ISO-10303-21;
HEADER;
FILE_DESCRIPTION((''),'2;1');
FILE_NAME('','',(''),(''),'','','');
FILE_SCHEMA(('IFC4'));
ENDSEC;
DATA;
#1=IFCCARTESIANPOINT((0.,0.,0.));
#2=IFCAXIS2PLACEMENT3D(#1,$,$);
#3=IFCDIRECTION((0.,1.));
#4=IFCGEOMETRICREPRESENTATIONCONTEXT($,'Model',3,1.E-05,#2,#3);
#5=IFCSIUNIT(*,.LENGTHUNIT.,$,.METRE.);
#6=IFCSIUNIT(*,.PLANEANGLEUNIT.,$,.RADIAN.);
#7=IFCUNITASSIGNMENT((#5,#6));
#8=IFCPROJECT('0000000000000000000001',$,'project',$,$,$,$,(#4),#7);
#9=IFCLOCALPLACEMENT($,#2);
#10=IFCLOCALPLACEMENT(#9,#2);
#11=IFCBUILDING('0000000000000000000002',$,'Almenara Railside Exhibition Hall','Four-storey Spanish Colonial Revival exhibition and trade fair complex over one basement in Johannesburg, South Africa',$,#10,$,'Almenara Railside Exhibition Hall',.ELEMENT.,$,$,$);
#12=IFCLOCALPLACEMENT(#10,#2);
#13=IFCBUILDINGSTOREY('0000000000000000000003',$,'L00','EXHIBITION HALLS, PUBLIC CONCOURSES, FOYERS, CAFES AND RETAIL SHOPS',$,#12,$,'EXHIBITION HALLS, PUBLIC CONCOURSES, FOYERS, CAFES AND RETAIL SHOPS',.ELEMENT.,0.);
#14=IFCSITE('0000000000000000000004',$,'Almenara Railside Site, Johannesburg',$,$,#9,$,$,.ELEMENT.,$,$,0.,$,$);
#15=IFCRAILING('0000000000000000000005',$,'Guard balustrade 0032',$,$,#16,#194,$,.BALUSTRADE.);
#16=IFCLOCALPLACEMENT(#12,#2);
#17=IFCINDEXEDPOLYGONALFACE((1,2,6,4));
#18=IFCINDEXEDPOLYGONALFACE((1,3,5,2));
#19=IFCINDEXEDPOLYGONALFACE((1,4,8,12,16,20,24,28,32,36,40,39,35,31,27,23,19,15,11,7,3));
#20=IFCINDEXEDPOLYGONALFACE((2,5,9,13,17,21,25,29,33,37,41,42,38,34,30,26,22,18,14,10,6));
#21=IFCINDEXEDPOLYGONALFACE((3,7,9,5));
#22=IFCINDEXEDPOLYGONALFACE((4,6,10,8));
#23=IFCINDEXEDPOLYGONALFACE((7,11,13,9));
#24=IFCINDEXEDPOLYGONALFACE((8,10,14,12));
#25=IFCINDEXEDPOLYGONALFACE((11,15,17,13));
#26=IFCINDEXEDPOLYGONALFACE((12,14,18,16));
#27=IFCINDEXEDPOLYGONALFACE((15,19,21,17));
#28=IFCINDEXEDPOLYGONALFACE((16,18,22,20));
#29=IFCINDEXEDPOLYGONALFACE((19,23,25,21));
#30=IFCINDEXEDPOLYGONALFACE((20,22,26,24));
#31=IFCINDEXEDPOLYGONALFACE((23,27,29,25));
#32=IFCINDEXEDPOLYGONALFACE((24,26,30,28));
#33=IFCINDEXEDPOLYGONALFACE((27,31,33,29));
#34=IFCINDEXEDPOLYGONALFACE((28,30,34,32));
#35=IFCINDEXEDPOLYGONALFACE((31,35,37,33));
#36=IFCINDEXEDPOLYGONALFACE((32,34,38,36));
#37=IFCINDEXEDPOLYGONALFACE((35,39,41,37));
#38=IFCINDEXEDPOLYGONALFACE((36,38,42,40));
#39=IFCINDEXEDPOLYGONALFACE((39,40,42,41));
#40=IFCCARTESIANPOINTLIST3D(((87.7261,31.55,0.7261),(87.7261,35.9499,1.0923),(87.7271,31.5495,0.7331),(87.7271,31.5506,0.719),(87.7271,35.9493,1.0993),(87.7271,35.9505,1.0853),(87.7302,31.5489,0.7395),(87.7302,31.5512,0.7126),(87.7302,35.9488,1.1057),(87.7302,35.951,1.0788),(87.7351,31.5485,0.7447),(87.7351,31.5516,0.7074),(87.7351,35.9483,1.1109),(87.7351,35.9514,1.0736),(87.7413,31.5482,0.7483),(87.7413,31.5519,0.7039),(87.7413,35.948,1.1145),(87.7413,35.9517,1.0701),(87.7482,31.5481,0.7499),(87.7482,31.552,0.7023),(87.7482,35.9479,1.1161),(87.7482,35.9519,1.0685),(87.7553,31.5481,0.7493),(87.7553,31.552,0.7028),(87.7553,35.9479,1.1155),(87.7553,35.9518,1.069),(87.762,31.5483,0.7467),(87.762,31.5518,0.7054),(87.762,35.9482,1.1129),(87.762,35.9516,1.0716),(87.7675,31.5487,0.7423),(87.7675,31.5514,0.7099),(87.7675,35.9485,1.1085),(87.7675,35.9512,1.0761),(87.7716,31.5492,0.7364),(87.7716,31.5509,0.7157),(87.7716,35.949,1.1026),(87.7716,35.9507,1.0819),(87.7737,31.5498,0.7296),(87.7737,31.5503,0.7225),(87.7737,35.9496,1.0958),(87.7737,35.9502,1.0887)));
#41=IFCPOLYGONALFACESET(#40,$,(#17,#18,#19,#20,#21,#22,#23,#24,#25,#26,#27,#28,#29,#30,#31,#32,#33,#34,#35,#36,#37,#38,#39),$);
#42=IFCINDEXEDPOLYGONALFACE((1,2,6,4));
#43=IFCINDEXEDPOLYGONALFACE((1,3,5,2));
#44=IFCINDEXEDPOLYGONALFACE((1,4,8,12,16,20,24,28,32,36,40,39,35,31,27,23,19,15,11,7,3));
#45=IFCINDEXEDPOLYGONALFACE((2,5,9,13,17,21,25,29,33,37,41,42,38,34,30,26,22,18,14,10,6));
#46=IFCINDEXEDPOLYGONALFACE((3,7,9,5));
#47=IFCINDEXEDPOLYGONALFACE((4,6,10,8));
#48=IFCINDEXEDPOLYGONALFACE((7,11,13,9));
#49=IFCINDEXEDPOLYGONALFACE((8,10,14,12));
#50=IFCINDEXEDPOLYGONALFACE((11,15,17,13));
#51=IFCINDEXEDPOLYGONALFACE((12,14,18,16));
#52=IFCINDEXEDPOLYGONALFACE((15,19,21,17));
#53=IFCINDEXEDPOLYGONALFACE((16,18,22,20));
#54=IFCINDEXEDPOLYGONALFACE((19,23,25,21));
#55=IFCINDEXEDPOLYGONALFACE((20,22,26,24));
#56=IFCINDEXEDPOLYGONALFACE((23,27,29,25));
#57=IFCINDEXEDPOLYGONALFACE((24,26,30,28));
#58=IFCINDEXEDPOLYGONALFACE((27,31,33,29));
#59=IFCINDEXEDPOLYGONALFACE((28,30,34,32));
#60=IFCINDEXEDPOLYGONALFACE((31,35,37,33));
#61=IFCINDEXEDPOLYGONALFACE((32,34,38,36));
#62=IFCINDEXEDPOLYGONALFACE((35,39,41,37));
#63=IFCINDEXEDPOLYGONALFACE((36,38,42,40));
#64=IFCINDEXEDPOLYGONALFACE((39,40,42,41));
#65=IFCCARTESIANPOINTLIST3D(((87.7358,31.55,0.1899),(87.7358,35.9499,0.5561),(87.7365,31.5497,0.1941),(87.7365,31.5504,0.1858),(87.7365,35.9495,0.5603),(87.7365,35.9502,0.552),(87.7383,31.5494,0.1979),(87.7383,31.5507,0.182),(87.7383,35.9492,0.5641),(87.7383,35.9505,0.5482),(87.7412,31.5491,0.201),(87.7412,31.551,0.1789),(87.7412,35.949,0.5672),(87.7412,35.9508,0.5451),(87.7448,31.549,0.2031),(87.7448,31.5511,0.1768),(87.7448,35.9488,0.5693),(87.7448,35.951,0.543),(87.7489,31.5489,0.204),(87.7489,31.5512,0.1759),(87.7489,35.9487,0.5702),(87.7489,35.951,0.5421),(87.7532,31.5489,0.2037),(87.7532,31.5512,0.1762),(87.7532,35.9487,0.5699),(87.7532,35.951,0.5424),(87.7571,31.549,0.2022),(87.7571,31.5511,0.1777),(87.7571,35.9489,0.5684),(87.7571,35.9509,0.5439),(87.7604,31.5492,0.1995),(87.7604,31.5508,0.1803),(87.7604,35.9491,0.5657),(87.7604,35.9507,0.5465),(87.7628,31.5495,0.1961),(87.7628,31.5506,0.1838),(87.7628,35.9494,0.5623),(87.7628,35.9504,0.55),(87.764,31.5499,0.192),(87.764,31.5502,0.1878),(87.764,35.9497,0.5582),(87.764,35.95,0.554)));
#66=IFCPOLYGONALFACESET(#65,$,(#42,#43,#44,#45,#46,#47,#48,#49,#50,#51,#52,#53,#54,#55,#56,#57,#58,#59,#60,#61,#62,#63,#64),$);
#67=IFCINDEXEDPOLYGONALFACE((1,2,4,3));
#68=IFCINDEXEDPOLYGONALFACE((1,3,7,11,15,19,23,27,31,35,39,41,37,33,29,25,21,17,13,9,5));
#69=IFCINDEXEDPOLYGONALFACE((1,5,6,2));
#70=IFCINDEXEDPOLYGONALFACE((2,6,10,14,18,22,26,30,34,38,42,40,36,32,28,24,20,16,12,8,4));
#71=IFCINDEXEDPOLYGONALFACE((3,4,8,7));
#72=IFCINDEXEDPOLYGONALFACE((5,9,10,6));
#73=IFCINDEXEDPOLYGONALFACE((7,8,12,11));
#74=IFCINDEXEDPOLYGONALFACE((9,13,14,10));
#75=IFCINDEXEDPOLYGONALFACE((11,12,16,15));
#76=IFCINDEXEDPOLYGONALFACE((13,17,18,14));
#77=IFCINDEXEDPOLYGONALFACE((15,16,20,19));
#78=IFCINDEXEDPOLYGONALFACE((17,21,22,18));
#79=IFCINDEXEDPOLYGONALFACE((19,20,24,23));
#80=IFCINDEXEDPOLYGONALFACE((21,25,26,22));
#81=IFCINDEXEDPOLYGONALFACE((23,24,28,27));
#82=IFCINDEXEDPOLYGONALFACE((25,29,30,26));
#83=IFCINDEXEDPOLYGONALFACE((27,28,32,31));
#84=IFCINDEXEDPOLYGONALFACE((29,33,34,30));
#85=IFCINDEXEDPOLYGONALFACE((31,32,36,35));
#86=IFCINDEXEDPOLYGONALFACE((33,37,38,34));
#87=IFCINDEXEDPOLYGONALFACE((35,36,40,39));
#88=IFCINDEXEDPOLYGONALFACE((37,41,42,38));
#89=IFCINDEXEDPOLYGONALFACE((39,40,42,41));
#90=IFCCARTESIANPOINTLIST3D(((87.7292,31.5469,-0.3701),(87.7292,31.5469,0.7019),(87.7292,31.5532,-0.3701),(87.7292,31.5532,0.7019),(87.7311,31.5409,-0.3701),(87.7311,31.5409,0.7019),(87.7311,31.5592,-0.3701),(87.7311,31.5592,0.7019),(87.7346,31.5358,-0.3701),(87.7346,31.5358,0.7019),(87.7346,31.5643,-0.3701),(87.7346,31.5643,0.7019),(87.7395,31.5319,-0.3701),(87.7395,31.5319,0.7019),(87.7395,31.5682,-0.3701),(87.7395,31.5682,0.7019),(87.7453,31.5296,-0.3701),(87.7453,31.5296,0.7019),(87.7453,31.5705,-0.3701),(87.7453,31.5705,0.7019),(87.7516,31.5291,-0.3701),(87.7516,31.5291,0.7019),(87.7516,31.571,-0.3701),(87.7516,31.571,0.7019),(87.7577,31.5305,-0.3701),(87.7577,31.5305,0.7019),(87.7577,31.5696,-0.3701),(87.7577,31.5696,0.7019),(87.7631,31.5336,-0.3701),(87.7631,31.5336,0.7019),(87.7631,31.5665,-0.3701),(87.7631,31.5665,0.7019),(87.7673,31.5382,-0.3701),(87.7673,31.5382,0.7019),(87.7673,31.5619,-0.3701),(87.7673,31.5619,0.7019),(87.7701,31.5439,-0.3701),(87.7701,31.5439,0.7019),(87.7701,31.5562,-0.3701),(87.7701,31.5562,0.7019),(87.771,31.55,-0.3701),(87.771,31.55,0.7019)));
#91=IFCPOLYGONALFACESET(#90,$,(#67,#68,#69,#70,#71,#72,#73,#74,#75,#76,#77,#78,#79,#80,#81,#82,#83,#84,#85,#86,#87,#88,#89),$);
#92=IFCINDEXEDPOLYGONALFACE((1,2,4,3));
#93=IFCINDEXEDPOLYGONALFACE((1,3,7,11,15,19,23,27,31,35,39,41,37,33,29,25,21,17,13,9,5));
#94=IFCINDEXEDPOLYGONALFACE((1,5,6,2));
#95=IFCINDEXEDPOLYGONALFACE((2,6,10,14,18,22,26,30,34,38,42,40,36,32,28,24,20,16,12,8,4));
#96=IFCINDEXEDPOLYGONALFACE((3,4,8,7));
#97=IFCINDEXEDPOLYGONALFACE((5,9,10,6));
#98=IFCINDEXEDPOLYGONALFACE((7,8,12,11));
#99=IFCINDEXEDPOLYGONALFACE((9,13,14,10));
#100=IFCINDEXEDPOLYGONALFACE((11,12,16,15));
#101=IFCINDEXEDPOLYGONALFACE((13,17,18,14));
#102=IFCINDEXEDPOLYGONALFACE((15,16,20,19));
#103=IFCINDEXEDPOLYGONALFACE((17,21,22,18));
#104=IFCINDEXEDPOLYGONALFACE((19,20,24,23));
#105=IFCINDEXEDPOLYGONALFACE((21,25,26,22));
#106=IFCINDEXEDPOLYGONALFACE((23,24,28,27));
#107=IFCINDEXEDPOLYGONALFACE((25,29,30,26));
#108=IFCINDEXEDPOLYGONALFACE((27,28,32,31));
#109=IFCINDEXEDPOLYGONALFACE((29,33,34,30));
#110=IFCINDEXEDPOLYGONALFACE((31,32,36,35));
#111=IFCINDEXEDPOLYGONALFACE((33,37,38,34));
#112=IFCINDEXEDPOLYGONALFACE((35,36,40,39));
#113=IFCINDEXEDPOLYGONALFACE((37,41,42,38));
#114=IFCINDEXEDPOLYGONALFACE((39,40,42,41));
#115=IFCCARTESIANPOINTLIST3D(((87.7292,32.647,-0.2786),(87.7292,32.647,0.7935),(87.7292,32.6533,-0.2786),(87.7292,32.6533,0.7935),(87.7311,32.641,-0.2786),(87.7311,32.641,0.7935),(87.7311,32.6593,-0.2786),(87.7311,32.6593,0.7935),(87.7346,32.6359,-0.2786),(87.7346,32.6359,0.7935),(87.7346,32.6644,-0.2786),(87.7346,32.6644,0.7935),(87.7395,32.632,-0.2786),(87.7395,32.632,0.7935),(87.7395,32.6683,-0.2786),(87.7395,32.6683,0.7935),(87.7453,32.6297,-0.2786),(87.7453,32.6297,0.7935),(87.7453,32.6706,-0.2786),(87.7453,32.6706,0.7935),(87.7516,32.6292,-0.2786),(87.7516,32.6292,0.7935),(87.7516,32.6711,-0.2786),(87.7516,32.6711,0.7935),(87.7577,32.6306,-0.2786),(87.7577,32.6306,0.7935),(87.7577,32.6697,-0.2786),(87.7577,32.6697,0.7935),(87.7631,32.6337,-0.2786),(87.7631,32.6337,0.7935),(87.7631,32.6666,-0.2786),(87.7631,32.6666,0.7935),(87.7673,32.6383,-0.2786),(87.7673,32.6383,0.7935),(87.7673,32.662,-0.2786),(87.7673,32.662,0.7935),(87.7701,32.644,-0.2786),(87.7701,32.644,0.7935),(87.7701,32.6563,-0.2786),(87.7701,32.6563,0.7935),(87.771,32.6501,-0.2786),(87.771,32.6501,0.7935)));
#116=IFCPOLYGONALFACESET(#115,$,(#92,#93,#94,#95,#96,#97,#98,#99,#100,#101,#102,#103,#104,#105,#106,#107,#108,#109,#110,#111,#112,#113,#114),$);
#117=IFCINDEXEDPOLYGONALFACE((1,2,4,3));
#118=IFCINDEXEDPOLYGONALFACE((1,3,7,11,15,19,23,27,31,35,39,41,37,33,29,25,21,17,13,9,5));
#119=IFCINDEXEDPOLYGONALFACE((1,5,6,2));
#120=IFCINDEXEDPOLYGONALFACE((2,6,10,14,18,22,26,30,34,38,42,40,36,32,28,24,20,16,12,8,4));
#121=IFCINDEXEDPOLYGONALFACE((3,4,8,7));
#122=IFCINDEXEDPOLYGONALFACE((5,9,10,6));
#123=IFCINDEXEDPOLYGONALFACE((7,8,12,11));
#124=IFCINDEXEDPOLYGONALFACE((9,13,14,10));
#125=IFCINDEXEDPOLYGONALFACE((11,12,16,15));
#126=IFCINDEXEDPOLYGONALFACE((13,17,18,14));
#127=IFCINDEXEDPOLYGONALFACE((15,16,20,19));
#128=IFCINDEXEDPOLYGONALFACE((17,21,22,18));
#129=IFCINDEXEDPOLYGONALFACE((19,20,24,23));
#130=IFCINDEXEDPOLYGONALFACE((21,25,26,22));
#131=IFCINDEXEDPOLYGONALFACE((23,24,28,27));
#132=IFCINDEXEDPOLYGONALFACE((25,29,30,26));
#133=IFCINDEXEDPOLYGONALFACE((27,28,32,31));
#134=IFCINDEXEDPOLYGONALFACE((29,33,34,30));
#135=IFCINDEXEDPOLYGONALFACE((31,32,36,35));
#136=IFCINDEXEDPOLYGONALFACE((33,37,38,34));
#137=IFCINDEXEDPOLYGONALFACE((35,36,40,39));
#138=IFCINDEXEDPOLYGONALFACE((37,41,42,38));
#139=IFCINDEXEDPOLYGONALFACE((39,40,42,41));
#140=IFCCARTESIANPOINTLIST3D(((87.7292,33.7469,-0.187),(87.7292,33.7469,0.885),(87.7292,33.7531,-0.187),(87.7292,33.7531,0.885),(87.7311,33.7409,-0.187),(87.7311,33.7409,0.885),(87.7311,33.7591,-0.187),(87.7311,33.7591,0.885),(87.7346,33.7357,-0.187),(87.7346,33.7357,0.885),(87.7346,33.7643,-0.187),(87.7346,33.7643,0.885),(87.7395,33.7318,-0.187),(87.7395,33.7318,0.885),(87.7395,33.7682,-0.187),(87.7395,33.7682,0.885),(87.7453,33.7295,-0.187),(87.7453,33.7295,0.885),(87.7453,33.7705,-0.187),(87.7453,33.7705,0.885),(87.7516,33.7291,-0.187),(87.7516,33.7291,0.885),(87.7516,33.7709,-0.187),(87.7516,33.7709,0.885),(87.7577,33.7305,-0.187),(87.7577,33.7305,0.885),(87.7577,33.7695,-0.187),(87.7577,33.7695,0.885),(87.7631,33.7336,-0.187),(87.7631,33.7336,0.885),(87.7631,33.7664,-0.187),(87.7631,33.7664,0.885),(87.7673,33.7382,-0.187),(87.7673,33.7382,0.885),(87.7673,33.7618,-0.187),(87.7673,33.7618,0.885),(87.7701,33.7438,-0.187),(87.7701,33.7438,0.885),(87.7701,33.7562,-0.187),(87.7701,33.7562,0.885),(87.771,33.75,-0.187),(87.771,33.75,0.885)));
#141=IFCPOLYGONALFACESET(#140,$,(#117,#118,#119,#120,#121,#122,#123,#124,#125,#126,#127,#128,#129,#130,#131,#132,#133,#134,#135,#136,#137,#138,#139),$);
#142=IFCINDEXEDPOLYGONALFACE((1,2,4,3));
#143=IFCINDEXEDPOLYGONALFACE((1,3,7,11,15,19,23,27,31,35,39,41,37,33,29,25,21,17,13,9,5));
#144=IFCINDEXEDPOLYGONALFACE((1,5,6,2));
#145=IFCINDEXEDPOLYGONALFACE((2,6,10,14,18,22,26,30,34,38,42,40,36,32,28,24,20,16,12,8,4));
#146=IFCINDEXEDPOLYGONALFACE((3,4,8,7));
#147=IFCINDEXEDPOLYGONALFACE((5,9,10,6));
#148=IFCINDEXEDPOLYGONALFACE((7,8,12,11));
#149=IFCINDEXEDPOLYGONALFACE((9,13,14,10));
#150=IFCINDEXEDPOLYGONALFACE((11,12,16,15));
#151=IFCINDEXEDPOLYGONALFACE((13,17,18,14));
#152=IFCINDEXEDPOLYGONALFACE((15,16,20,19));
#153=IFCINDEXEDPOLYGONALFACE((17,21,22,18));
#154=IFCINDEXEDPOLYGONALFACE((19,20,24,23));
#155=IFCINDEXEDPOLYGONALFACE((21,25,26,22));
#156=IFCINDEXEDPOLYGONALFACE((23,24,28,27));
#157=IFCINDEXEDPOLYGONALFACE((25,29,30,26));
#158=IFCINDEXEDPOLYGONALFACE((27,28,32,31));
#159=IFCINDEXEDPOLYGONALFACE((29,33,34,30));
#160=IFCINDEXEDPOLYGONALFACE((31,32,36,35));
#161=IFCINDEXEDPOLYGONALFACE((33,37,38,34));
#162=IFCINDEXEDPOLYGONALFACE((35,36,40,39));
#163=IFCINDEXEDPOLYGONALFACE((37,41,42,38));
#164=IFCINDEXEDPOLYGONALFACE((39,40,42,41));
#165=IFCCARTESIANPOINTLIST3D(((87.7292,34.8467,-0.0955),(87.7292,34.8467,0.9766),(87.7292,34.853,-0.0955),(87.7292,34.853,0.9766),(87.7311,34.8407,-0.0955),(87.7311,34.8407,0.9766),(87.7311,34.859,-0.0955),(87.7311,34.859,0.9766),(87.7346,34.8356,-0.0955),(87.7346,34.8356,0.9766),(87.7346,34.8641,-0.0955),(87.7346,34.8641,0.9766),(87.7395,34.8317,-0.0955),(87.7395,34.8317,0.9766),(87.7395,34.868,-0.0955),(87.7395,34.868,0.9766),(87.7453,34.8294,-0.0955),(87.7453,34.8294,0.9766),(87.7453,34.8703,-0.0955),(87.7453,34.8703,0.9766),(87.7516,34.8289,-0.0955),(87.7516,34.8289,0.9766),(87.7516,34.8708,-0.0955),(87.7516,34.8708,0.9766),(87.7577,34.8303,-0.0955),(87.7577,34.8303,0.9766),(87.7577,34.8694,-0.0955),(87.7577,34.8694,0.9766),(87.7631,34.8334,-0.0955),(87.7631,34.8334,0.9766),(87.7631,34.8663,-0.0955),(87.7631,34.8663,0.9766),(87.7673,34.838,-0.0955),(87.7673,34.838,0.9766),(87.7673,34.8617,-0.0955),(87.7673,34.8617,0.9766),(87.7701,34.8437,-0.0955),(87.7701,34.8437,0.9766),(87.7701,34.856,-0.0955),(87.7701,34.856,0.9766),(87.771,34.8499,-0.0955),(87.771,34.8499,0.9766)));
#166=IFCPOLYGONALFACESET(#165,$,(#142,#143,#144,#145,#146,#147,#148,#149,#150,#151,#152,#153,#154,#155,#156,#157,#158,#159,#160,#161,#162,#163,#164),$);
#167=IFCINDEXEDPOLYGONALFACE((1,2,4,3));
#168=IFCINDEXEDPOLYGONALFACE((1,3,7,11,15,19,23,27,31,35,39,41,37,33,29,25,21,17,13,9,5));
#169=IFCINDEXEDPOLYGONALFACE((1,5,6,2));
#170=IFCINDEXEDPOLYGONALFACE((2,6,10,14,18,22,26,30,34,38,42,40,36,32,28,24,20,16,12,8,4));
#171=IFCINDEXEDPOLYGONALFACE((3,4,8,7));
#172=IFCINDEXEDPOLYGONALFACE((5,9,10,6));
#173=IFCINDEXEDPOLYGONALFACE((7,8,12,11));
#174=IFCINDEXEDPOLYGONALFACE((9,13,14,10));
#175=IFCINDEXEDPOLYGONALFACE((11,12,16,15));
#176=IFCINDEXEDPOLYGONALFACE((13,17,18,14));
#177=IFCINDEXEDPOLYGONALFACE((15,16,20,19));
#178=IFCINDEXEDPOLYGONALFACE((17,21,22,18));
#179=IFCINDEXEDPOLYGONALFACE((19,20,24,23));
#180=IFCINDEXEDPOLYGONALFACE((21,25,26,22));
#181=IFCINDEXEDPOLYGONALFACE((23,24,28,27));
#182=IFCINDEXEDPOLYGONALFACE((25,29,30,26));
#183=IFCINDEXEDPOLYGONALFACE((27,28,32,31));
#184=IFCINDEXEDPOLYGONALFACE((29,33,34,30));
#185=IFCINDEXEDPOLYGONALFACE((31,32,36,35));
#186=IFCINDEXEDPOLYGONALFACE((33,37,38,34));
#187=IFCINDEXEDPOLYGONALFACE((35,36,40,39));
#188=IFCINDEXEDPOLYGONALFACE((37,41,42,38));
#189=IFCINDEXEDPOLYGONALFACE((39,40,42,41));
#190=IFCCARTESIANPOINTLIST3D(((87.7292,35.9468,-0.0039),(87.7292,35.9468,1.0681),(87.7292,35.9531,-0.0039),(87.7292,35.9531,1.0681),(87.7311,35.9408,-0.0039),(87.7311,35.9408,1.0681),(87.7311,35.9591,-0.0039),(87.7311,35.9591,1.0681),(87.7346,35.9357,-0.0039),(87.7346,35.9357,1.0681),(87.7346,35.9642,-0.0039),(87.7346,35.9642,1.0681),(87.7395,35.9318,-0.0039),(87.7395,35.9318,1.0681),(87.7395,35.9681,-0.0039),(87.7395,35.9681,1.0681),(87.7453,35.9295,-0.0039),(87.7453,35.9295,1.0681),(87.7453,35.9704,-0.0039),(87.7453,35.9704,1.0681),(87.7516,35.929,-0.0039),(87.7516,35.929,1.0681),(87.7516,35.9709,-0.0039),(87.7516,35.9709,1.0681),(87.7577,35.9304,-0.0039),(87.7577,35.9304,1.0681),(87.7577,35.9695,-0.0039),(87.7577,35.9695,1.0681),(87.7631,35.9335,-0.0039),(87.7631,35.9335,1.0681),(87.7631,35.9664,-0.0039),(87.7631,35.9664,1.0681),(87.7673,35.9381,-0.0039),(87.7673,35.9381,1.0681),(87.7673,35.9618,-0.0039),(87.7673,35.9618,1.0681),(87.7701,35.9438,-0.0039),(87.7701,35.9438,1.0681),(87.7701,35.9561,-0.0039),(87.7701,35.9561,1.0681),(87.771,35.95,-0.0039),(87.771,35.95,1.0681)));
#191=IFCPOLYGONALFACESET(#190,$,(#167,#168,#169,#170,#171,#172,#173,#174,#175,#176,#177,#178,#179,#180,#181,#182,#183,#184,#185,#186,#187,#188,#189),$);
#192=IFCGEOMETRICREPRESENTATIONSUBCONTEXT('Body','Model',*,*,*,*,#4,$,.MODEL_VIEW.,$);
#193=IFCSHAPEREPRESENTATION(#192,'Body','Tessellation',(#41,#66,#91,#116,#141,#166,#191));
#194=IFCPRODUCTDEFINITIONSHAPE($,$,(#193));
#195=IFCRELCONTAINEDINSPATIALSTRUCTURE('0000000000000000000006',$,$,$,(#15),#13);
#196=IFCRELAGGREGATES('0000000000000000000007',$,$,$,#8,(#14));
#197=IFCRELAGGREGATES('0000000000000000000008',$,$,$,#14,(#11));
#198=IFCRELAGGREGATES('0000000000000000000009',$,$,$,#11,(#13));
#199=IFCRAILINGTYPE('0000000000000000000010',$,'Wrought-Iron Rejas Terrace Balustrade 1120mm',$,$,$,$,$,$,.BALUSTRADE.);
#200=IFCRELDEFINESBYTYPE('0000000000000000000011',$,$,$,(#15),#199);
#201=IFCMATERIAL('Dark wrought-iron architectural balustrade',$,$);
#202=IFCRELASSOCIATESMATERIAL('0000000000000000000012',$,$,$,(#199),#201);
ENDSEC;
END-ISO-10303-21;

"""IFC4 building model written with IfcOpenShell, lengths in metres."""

from ifc_helpers import new_model, si_unit, direction, frame, origin, origin_2d, place, context, subcontext, project, spatial, circle, extrude, material, type_object, element, save


model = new_model("IFC4")

# Units and contexts
model_context = context("Model", 3, precision=1e-05, world=origin(), true_north=direction((0.0, 1.0)))
body_context = subcontext(model_context, "Body", "Model", "MODEL_VIEW")
ifc_project = project(units=[si_unit("LENGTHUNIT", "METRE"), si_unit("PLANEANGLEUNIT", "RADIAN")], contexts=[model_context])

# Site, building, storey
site_placement = place(None, origin())
site = spatial("IfcSite", under=ifc_project, at=site_placement, Name="Almenara Railside Site, Johannesburg", CompositionType="ELEMENT", RefElevation=0.0)
building_placement = place(site_placement, origin())
building = spatial("IfcBuilding", under=site, at=building_placement, Name="Almenara Railside Exhibition Hall", Description="Four-storey Spanish Colonial Revival exhibition and trade fair complex over one basement in Johannesburg, South Africa", LongName="Almenara Railside Exhibition Hall", CompositionType="ELEMENT")
storey_placement = place(building_placement, origin())
storey = spatial("IfcBuildingStorey", under=building, at=storey_placement, Name="L00", Description="EXHIBITION HALLS, PUBLIC CONCOURSES, FOYERS, CAFES AND RETAIL SHOPS", LongName="EXHIBITION HALLS, PUBLIC CONCOURSES, FOYERS, CAFES AND RETAIL SHOPS", CompositionType="ELEMENT", Elevation=0.0)

# Railing
ifc_material_1 = material(Name="Dark wrought-iron architectural balustrade")
railing_type = type_object("IfcRailingType", Name="Wrought-Iron Rejas Terrace Balustrade 1120mm", PredefinedType="BALUSTRADE", material=ifc_material_1)
railing_placement = place(storey_placement, frame((87.75, 31.55, -0.3701)))
element("IfcRailing", 1, at=railing_placement, inside=storey, type_object=railing_type, Name="Guard balustrade 0032", PredefinedType="BALUSTRADE", context=body_context, shape_type="SweptSolid", body=[
    extrude(circle(Radius=0.0239, at=origin_2d()), frame((0.0, 0.0, 1.0962), z_axis=(0.0, 0.996554, 0.082945), x_axis=(-1.0, 0.0, 0.0)), (0.0, 0.0, 1.0), 4.415),
    extrude(circle(Radius=0.0142, at=origin_2d()), frame((0.0, 0.0, 0.5601), z_axis=(0.0, 0.996554, 0.082945), x_axis=(-1.0, 0.0, 0.0)), (0.0, 0.0, 1.0), 4.415),
    extrude(circle(Radius=0.021, at=origin_2d()), origin(), (0.0, 0.0, 1.0), 1.072),
    extrude(circle(Radius=0.021, at=origin_2d()), frame((0.0, 1.1001, 0.0916)), (0.0, 0.0, 1.0), 1.072),
    extrude(circle(Radius=0.021, at=origin_2d()), frame((0.0, 2.2, 0.1831)), (0.0, 0.0, 1.0), 1.072),
    extrude(circle(Radius=0.021, at=origin_2d()), frame((0.0, 3.2998, 0.2747)), (0.0, 0.0, 1.0), 1.072),
    extrude(circle(Radius=0.021, at=origin_2d()), frame((0.0, 4.3999, 0.3662)), (0.0, 0.0, 1.0), 1.072),
])

save(model, "model.ifc")
